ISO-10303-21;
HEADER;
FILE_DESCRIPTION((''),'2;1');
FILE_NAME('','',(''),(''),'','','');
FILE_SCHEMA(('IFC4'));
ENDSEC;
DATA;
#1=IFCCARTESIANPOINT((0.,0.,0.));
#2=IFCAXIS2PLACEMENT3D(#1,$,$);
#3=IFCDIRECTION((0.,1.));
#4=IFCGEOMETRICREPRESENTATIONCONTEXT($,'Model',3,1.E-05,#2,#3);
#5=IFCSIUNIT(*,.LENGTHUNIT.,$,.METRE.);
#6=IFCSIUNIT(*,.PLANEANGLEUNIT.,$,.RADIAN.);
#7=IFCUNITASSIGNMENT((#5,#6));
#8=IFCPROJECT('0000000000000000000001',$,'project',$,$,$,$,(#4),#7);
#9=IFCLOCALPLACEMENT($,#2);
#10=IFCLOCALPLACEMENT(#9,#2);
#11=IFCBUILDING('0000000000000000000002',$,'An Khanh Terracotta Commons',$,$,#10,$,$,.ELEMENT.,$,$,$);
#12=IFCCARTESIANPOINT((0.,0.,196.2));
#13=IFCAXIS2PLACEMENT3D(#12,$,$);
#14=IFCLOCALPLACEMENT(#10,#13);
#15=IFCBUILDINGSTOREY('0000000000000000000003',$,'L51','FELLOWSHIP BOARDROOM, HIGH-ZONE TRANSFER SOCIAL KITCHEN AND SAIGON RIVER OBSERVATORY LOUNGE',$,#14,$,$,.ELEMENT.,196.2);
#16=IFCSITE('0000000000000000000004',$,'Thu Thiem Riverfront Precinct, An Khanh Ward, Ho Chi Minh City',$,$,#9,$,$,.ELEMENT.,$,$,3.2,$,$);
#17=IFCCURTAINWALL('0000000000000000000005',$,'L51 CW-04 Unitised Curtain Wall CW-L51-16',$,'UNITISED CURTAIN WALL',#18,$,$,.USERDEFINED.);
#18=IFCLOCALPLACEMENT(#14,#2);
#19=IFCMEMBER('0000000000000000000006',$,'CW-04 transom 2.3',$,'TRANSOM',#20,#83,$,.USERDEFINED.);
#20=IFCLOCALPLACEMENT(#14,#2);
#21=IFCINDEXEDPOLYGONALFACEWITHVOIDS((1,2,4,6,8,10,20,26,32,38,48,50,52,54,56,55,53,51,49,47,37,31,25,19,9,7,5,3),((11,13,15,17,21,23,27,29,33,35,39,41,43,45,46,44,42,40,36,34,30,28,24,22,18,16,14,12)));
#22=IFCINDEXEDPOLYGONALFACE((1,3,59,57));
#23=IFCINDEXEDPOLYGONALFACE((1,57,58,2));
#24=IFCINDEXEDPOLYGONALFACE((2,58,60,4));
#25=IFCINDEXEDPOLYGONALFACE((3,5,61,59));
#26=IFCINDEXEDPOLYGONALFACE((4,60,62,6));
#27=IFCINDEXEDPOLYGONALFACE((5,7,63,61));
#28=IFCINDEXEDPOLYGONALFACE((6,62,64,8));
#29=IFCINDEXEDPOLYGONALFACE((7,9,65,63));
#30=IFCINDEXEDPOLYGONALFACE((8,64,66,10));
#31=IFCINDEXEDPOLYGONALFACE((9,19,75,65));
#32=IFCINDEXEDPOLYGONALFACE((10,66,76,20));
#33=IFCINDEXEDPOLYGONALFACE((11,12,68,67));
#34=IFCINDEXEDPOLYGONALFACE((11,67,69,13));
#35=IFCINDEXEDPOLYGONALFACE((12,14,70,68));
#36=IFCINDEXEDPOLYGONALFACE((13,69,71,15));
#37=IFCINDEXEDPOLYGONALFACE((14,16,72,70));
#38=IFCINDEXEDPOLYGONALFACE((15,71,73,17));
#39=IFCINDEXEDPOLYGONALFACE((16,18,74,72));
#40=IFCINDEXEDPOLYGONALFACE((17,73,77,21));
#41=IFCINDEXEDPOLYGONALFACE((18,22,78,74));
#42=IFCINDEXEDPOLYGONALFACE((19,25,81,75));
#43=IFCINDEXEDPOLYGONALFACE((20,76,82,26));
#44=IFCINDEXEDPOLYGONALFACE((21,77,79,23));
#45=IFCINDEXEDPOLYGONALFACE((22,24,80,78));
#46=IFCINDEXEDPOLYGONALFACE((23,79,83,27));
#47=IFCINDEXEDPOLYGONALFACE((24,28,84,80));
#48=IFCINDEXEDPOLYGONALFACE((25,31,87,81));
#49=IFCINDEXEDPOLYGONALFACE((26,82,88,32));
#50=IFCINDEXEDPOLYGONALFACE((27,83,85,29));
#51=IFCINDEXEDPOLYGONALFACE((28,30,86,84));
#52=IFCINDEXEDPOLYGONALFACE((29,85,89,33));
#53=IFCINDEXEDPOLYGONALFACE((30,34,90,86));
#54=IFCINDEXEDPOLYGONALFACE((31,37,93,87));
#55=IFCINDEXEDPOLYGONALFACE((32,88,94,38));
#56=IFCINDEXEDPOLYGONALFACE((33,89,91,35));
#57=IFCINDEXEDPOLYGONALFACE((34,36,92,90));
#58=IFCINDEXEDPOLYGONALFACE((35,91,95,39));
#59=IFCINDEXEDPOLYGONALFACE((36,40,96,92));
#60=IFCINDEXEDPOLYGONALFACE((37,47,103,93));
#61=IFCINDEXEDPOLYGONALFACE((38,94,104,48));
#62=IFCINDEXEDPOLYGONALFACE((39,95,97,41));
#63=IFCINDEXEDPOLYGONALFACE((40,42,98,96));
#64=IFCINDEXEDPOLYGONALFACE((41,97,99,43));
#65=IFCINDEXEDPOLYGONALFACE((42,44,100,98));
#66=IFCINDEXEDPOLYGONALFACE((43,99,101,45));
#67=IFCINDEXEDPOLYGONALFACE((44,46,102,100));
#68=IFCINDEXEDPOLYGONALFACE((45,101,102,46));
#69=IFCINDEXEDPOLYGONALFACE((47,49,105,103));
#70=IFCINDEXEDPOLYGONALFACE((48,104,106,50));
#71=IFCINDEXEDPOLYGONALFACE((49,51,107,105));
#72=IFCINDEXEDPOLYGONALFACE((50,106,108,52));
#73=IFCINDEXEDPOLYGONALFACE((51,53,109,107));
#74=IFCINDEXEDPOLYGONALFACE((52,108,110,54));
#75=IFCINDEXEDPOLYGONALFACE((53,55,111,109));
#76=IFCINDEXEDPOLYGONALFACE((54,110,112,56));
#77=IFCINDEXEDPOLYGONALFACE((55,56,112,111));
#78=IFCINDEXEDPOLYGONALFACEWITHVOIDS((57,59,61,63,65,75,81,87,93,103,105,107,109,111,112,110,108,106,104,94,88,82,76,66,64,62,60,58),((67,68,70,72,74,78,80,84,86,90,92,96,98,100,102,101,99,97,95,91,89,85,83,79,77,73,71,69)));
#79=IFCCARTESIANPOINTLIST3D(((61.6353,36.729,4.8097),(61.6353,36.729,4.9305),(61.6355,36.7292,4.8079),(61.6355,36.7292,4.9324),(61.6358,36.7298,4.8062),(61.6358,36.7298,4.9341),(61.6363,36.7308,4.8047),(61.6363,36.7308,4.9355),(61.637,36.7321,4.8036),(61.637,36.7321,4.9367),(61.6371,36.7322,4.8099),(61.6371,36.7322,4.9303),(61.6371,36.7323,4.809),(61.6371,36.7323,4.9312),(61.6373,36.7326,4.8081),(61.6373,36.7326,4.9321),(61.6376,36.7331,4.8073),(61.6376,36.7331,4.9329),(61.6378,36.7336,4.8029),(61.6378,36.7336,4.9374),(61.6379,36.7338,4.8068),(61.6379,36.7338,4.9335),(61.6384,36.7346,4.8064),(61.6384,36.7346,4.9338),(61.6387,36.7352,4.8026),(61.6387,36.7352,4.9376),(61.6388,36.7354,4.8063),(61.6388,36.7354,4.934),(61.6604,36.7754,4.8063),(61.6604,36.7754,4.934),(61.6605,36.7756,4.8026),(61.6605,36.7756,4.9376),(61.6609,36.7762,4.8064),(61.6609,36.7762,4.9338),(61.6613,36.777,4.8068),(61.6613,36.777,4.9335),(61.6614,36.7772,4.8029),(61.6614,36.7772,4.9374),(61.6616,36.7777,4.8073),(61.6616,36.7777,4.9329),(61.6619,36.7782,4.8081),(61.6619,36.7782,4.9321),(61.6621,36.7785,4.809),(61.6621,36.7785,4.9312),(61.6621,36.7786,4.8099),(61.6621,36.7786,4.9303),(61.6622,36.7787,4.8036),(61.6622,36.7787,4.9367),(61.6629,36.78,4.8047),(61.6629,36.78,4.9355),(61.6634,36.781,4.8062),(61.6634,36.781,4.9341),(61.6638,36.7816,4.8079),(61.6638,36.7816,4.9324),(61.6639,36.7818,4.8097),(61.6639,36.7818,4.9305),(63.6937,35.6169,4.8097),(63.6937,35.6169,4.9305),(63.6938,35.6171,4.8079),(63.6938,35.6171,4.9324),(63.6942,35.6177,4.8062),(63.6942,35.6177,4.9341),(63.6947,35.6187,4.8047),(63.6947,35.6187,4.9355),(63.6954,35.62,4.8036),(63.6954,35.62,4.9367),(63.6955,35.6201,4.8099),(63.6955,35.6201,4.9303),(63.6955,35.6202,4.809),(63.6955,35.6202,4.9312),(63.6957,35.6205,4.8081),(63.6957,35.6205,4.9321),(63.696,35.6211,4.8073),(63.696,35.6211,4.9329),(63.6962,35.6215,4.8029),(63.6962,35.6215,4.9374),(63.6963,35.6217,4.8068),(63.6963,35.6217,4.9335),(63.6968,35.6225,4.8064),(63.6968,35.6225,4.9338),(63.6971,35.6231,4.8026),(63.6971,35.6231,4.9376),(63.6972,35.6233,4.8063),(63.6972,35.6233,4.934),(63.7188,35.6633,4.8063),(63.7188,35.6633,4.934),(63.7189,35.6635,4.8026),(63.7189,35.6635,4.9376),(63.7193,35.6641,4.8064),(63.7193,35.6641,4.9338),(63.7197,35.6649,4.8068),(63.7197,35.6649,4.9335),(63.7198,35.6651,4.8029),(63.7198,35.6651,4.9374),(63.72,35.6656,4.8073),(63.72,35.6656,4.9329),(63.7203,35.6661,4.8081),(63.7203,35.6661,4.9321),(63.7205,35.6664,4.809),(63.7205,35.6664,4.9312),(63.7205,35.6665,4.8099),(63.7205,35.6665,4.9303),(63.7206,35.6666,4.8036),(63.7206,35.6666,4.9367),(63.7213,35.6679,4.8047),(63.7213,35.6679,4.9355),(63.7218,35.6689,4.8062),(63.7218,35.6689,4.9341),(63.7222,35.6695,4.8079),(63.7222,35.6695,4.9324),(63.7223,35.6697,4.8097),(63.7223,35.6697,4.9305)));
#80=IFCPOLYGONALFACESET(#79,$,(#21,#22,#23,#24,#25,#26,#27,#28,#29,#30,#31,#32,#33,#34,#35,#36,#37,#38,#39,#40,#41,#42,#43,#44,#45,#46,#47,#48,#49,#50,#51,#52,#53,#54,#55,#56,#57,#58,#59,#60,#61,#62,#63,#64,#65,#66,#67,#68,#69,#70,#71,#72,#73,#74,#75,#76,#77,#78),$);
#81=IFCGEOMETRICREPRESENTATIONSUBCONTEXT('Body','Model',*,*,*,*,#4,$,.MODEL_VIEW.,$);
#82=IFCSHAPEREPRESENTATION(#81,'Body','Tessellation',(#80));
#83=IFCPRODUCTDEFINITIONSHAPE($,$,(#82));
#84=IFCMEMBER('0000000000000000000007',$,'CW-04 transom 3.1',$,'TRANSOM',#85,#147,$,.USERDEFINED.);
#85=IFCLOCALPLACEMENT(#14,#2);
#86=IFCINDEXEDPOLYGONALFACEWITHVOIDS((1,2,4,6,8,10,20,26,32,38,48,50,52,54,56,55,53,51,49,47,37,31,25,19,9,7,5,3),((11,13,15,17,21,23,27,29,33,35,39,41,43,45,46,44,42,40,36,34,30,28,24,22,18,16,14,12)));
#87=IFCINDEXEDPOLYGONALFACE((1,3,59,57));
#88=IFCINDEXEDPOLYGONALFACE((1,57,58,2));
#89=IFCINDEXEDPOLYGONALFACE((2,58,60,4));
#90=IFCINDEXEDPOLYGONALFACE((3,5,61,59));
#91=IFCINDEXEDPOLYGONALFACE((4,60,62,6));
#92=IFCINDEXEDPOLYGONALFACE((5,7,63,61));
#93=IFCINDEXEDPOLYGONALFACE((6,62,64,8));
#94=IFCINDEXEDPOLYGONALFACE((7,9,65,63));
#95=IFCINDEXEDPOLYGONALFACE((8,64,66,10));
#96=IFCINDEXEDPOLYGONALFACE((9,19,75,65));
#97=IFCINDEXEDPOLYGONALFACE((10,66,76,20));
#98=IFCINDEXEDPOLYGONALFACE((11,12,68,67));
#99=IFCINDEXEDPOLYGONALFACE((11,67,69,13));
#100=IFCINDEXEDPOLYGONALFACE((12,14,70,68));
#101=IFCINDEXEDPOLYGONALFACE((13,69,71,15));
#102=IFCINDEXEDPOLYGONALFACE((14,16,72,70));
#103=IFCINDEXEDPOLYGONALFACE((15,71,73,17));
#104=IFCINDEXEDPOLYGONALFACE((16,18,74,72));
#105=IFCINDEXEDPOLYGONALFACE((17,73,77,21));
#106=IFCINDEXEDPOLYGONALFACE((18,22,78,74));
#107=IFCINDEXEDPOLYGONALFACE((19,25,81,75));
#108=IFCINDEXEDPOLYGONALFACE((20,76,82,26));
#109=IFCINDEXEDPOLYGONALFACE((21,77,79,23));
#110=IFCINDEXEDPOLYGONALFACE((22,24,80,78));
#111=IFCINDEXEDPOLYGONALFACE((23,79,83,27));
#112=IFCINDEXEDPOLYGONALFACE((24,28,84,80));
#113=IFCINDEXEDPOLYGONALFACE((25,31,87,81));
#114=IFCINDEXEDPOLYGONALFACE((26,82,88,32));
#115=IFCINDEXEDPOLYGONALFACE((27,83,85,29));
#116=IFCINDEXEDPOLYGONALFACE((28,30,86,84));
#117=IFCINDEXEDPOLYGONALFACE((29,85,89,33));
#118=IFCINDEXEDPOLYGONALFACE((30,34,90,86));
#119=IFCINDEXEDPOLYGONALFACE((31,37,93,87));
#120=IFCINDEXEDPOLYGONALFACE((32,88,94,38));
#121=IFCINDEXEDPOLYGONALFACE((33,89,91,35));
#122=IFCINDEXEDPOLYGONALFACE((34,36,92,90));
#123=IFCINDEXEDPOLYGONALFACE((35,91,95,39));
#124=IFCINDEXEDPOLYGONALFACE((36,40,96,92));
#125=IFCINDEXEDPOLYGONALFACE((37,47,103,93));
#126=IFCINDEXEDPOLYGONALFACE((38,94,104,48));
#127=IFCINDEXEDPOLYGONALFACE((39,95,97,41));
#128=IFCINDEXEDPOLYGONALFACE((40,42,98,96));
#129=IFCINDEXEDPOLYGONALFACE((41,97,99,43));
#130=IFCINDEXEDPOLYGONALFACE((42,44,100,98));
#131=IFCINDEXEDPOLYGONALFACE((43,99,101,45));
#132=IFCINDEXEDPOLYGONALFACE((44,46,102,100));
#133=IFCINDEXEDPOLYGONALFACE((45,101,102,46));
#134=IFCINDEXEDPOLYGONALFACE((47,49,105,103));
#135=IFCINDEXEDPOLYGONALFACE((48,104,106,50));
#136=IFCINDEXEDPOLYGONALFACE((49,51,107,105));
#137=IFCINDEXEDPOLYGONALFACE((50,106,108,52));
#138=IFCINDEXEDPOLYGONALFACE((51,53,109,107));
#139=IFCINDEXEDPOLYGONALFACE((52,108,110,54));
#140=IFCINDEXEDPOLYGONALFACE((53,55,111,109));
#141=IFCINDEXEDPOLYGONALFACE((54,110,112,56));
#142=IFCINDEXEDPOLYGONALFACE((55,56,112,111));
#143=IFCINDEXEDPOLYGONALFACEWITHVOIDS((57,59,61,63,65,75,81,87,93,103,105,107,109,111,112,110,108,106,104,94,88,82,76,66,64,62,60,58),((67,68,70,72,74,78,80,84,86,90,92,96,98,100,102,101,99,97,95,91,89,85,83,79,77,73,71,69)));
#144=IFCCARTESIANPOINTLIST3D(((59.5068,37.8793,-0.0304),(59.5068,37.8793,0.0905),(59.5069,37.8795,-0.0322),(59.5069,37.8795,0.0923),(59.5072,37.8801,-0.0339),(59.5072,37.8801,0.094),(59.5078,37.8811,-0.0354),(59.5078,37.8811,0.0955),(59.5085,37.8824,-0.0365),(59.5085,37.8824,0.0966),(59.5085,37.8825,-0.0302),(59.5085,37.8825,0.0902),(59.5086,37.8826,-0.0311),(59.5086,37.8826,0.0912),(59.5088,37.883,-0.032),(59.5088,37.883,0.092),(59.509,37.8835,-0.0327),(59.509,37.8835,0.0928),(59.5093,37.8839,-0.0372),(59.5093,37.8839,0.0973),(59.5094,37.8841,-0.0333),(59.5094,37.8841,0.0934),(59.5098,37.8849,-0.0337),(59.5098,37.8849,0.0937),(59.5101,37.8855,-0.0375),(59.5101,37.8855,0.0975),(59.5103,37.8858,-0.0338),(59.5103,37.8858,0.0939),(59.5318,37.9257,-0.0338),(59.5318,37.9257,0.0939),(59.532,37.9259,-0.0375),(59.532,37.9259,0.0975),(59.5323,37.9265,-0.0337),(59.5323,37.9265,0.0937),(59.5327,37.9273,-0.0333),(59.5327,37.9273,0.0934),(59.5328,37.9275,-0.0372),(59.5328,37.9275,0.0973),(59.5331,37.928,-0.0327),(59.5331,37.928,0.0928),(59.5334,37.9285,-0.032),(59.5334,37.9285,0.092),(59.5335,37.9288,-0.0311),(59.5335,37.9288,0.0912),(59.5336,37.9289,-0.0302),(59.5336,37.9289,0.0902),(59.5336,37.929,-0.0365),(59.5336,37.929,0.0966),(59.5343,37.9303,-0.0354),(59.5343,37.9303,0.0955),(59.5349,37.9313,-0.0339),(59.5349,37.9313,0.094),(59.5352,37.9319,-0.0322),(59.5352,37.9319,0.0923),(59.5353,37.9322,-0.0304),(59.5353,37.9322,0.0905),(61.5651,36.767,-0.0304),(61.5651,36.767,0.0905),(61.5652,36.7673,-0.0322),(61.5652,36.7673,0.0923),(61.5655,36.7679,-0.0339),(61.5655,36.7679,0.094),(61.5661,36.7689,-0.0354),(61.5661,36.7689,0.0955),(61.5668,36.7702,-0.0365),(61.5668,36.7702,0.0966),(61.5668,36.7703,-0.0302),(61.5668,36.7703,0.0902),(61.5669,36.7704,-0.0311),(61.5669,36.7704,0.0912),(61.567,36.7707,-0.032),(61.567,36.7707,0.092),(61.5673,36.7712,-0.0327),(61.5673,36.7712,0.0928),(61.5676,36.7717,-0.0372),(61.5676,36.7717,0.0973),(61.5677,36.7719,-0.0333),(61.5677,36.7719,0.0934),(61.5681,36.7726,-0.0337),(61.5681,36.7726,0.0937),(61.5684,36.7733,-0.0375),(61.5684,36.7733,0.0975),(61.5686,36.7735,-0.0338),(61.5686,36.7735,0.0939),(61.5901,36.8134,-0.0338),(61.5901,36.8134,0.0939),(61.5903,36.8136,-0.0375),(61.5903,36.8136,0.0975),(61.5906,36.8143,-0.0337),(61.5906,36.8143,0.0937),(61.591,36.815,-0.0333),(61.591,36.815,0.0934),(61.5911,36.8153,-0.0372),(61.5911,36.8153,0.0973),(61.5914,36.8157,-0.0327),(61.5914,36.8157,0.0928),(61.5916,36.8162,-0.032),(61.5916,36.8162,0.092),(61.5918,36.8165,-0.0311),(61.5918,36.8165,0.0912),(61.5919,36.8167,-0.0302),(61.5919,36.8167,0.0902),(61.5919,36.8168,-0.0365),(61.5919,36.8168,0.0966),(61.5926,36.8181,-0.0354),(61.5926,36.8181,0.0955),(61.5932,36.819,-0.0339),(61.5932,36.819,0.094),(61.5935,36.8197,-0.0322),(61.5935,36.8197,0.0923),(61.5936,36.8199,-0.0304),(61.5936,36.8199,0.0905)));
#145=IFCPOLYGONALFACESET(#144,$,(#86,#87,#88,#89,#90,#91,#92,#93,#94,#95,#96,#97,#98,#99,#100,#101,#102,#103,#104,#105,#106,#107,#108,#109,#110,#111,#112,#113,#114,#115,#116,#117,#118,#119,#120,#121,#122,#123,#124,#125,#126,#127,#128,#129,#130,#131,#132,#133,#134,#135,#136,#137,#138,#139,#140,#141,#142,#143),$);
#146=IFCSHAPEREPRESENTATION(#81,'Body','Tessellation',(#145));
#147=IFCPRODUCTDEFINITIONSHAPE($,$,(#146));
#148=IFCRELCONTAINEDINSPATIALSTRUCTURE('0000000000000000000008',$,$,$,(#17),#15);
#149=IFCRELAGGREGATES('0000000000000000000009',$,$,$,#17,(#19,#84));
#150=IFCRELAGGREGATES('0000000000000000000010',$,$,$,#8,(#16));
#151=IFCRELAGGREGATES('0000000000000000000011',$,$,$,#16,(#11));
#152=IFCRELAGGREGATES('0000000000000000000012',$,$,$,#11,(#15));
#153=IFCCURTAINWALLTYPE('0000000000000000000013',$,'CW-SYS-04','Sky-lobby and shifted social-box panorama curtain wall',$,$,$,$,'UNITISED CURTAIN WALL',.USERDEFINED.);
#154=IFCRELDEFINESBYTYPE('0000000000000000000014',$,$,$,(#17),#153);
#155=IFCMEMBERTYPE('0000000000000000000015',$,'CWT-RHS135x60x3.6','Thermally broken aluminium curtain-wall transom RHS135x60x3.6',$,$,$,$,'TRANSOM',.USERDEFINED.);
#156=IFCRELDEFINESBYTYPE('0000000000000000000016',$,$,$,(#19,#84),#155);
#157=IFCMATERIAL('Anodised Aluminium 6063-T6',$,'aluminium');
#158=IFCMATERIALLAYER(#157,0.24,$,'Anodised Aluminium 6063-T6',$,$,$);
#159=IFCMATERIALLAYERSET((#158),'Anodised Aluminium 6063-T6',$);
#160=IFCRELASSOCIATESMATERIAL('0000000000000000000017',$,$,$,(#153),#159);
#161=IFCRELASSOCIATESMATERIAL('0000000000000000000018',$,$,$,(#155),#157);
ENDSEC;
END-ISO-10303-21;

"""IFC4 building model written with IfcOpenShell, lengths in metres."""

from ifc_helpers import new_model, si_unit, direction, frame, origin, origin_2d, place, context, subcontext, project, spatial, hollow_rectangle, extrude, material, layer, layer_set, material_profile, profile_set, type_object, element, aggregate, save


model = new_model("IFC4")

# Units and contexts
model_context = context("Model", 3, precision=1e-05, world=origin(), true_north=direction((0.0, 1.0)))
body_context = subcontext(model_context, "Body", "Model", "MODEL_VIEW")
ifc_project = project(units=[si_unit("LENGTHUNIT", "METRE"), si_unit("PLANEANGLEUNIT", "RADIAN")], contexts=[model_context])

# Site, building, storey
site_placement = place(None, origin())
site = spatial("IfcSite", under=ifc_project, at=site_placement, Name="Thu Thiem Riverfront Precinct, An Khanh Ward, Ho Chi Minh City", CompositionType="ELEMENT", RefElevation=3.2)
building_placement = place(site_placement, origin())
building = spatial("IfcBuilding", under=site, at=building_placement, Name="An Khanh Terracotta Commons", CompositionType="ELEMENT")
storey_placement = place(building_placement, frame((0.0, 0.0, 196.2)))
storey = spatial("IfcBuildingStorey", under=building, at=storey_placement, Name="L51", Description="FELLOWSHIP BOARDROOM, HIGH-ZONE TRANSFER SOCIAL KITCHEN AND SAIGON RIVER OBSERVATORY LOUNGE", CompositionType="ELEMENT", Elevation=196.2)

# Curtain wall, members
ifc_material_1 = material(Name="Anodised Aluminium 6063-T6", Category="aluminium")
ifc_layer_1 = layer(ifc_material_1, 0.24, Name="Anodised Aluminium 6063-T6")
ifc_layer_set_1 = layer_set([ifc_layer_1], Name="Anodised Aluminium 6063-T6")
curtain_wall_type = type_object("IfcCurtainWallType", Name="CW-SYS-04", Description="Sky-lobby and shifted social-box panorama curtain wall", ElementType="UNITISED CURTAIN WALL", PredefinedType="USERDEFINED", material=ifc_layer_set_1)
curtain_wall_placement = place(storey_placement, origin())
curtain_wall = element("IfcCurtainWall", 1, at=curtain_wall_placement, inside=storey, type_object=curtain_wall_type, Name="L51 CW-04 Unitised Curtain Wall CW-L51-16", ObjectType="UNITISED CURTAIN WALL", PredefinedType="USERDEFINED")
ifc_material_profile_1 = material_profile(ifc_material_1, hollow_rectangle(XDim=0.0601, YDim=0.135, WallThickness=0.0037, InnerFilletRadius=0.0037, OuterFilletRadius=0.0071, at=origin_2d()), Name="RHS135x60x3.6")
ifc_profile_set_1 = profile_set([ifc_material_profile_1], Name="Anodised Aluminium 6063-T6")
member_type_1 = type_object("IfcMemberType", Name="CWT-RHS135x60x3.6", Description="Thermally broken aluminium curtain-wall transom RHS135x60x3.6", ElementType="TRANSOM", PredefinedType="USERDEFINED", material=ifc_profile_set_1)
member_1_placement = place(storey_placement, frame((63.708, 35.6433, 4.8701), z_axis=(-0.879807, 0.475331, 0.0), x_axis=(-0.475331, -0.879807, 0.0)))
member_1 = element("IfcMember", 2, at=member_1_placement, type_object=member_type_1, Name="CW-04 transom 2.3", ObjectType="TRANSOM", PredefinedType="USERDEFINED", context=body_context, shape_type="SweptSolid", body=[
    extrude(hollow_rectangle(XDim=0.0601, YDim=0.135, WallThickness=0.0037, InnerFilletRadius=0.0037, OuterFilletRadius=0.0071, at=origin_2d()), origin(), (0.0, 0.0, 1.0), 2.3396),
])
member_2_placement = place(storey_placement, frame((61.5793, 36.7935, 0.03), z_axis=(-0.879763, 0.475412, 0.0), x_axis=(-0.475412, -0.879763, 0.0)))
member_2 = element("IfcMember", 3, at=member_2_placement, type_object=member_type_1, Name="CW-04 transom 3.1", ObjectType="TRANSOM", PredefinedType="USERDEFINED", context=body_context, shape_type="SweptSolid", body=[
    extrude(hollow_rectangle(XDim=0.0601, YDim=0.135, WallThickness=0.0037, InnerFilletRadius=0.0037, OuterFilletRadius=0.0071, at=origin_2d()), origin(), (0.0, 0.0, 1.0), 2.3396),
])
aggregate(curtain_wall, [member_1, member_2])

save(model, "model.ifc")
